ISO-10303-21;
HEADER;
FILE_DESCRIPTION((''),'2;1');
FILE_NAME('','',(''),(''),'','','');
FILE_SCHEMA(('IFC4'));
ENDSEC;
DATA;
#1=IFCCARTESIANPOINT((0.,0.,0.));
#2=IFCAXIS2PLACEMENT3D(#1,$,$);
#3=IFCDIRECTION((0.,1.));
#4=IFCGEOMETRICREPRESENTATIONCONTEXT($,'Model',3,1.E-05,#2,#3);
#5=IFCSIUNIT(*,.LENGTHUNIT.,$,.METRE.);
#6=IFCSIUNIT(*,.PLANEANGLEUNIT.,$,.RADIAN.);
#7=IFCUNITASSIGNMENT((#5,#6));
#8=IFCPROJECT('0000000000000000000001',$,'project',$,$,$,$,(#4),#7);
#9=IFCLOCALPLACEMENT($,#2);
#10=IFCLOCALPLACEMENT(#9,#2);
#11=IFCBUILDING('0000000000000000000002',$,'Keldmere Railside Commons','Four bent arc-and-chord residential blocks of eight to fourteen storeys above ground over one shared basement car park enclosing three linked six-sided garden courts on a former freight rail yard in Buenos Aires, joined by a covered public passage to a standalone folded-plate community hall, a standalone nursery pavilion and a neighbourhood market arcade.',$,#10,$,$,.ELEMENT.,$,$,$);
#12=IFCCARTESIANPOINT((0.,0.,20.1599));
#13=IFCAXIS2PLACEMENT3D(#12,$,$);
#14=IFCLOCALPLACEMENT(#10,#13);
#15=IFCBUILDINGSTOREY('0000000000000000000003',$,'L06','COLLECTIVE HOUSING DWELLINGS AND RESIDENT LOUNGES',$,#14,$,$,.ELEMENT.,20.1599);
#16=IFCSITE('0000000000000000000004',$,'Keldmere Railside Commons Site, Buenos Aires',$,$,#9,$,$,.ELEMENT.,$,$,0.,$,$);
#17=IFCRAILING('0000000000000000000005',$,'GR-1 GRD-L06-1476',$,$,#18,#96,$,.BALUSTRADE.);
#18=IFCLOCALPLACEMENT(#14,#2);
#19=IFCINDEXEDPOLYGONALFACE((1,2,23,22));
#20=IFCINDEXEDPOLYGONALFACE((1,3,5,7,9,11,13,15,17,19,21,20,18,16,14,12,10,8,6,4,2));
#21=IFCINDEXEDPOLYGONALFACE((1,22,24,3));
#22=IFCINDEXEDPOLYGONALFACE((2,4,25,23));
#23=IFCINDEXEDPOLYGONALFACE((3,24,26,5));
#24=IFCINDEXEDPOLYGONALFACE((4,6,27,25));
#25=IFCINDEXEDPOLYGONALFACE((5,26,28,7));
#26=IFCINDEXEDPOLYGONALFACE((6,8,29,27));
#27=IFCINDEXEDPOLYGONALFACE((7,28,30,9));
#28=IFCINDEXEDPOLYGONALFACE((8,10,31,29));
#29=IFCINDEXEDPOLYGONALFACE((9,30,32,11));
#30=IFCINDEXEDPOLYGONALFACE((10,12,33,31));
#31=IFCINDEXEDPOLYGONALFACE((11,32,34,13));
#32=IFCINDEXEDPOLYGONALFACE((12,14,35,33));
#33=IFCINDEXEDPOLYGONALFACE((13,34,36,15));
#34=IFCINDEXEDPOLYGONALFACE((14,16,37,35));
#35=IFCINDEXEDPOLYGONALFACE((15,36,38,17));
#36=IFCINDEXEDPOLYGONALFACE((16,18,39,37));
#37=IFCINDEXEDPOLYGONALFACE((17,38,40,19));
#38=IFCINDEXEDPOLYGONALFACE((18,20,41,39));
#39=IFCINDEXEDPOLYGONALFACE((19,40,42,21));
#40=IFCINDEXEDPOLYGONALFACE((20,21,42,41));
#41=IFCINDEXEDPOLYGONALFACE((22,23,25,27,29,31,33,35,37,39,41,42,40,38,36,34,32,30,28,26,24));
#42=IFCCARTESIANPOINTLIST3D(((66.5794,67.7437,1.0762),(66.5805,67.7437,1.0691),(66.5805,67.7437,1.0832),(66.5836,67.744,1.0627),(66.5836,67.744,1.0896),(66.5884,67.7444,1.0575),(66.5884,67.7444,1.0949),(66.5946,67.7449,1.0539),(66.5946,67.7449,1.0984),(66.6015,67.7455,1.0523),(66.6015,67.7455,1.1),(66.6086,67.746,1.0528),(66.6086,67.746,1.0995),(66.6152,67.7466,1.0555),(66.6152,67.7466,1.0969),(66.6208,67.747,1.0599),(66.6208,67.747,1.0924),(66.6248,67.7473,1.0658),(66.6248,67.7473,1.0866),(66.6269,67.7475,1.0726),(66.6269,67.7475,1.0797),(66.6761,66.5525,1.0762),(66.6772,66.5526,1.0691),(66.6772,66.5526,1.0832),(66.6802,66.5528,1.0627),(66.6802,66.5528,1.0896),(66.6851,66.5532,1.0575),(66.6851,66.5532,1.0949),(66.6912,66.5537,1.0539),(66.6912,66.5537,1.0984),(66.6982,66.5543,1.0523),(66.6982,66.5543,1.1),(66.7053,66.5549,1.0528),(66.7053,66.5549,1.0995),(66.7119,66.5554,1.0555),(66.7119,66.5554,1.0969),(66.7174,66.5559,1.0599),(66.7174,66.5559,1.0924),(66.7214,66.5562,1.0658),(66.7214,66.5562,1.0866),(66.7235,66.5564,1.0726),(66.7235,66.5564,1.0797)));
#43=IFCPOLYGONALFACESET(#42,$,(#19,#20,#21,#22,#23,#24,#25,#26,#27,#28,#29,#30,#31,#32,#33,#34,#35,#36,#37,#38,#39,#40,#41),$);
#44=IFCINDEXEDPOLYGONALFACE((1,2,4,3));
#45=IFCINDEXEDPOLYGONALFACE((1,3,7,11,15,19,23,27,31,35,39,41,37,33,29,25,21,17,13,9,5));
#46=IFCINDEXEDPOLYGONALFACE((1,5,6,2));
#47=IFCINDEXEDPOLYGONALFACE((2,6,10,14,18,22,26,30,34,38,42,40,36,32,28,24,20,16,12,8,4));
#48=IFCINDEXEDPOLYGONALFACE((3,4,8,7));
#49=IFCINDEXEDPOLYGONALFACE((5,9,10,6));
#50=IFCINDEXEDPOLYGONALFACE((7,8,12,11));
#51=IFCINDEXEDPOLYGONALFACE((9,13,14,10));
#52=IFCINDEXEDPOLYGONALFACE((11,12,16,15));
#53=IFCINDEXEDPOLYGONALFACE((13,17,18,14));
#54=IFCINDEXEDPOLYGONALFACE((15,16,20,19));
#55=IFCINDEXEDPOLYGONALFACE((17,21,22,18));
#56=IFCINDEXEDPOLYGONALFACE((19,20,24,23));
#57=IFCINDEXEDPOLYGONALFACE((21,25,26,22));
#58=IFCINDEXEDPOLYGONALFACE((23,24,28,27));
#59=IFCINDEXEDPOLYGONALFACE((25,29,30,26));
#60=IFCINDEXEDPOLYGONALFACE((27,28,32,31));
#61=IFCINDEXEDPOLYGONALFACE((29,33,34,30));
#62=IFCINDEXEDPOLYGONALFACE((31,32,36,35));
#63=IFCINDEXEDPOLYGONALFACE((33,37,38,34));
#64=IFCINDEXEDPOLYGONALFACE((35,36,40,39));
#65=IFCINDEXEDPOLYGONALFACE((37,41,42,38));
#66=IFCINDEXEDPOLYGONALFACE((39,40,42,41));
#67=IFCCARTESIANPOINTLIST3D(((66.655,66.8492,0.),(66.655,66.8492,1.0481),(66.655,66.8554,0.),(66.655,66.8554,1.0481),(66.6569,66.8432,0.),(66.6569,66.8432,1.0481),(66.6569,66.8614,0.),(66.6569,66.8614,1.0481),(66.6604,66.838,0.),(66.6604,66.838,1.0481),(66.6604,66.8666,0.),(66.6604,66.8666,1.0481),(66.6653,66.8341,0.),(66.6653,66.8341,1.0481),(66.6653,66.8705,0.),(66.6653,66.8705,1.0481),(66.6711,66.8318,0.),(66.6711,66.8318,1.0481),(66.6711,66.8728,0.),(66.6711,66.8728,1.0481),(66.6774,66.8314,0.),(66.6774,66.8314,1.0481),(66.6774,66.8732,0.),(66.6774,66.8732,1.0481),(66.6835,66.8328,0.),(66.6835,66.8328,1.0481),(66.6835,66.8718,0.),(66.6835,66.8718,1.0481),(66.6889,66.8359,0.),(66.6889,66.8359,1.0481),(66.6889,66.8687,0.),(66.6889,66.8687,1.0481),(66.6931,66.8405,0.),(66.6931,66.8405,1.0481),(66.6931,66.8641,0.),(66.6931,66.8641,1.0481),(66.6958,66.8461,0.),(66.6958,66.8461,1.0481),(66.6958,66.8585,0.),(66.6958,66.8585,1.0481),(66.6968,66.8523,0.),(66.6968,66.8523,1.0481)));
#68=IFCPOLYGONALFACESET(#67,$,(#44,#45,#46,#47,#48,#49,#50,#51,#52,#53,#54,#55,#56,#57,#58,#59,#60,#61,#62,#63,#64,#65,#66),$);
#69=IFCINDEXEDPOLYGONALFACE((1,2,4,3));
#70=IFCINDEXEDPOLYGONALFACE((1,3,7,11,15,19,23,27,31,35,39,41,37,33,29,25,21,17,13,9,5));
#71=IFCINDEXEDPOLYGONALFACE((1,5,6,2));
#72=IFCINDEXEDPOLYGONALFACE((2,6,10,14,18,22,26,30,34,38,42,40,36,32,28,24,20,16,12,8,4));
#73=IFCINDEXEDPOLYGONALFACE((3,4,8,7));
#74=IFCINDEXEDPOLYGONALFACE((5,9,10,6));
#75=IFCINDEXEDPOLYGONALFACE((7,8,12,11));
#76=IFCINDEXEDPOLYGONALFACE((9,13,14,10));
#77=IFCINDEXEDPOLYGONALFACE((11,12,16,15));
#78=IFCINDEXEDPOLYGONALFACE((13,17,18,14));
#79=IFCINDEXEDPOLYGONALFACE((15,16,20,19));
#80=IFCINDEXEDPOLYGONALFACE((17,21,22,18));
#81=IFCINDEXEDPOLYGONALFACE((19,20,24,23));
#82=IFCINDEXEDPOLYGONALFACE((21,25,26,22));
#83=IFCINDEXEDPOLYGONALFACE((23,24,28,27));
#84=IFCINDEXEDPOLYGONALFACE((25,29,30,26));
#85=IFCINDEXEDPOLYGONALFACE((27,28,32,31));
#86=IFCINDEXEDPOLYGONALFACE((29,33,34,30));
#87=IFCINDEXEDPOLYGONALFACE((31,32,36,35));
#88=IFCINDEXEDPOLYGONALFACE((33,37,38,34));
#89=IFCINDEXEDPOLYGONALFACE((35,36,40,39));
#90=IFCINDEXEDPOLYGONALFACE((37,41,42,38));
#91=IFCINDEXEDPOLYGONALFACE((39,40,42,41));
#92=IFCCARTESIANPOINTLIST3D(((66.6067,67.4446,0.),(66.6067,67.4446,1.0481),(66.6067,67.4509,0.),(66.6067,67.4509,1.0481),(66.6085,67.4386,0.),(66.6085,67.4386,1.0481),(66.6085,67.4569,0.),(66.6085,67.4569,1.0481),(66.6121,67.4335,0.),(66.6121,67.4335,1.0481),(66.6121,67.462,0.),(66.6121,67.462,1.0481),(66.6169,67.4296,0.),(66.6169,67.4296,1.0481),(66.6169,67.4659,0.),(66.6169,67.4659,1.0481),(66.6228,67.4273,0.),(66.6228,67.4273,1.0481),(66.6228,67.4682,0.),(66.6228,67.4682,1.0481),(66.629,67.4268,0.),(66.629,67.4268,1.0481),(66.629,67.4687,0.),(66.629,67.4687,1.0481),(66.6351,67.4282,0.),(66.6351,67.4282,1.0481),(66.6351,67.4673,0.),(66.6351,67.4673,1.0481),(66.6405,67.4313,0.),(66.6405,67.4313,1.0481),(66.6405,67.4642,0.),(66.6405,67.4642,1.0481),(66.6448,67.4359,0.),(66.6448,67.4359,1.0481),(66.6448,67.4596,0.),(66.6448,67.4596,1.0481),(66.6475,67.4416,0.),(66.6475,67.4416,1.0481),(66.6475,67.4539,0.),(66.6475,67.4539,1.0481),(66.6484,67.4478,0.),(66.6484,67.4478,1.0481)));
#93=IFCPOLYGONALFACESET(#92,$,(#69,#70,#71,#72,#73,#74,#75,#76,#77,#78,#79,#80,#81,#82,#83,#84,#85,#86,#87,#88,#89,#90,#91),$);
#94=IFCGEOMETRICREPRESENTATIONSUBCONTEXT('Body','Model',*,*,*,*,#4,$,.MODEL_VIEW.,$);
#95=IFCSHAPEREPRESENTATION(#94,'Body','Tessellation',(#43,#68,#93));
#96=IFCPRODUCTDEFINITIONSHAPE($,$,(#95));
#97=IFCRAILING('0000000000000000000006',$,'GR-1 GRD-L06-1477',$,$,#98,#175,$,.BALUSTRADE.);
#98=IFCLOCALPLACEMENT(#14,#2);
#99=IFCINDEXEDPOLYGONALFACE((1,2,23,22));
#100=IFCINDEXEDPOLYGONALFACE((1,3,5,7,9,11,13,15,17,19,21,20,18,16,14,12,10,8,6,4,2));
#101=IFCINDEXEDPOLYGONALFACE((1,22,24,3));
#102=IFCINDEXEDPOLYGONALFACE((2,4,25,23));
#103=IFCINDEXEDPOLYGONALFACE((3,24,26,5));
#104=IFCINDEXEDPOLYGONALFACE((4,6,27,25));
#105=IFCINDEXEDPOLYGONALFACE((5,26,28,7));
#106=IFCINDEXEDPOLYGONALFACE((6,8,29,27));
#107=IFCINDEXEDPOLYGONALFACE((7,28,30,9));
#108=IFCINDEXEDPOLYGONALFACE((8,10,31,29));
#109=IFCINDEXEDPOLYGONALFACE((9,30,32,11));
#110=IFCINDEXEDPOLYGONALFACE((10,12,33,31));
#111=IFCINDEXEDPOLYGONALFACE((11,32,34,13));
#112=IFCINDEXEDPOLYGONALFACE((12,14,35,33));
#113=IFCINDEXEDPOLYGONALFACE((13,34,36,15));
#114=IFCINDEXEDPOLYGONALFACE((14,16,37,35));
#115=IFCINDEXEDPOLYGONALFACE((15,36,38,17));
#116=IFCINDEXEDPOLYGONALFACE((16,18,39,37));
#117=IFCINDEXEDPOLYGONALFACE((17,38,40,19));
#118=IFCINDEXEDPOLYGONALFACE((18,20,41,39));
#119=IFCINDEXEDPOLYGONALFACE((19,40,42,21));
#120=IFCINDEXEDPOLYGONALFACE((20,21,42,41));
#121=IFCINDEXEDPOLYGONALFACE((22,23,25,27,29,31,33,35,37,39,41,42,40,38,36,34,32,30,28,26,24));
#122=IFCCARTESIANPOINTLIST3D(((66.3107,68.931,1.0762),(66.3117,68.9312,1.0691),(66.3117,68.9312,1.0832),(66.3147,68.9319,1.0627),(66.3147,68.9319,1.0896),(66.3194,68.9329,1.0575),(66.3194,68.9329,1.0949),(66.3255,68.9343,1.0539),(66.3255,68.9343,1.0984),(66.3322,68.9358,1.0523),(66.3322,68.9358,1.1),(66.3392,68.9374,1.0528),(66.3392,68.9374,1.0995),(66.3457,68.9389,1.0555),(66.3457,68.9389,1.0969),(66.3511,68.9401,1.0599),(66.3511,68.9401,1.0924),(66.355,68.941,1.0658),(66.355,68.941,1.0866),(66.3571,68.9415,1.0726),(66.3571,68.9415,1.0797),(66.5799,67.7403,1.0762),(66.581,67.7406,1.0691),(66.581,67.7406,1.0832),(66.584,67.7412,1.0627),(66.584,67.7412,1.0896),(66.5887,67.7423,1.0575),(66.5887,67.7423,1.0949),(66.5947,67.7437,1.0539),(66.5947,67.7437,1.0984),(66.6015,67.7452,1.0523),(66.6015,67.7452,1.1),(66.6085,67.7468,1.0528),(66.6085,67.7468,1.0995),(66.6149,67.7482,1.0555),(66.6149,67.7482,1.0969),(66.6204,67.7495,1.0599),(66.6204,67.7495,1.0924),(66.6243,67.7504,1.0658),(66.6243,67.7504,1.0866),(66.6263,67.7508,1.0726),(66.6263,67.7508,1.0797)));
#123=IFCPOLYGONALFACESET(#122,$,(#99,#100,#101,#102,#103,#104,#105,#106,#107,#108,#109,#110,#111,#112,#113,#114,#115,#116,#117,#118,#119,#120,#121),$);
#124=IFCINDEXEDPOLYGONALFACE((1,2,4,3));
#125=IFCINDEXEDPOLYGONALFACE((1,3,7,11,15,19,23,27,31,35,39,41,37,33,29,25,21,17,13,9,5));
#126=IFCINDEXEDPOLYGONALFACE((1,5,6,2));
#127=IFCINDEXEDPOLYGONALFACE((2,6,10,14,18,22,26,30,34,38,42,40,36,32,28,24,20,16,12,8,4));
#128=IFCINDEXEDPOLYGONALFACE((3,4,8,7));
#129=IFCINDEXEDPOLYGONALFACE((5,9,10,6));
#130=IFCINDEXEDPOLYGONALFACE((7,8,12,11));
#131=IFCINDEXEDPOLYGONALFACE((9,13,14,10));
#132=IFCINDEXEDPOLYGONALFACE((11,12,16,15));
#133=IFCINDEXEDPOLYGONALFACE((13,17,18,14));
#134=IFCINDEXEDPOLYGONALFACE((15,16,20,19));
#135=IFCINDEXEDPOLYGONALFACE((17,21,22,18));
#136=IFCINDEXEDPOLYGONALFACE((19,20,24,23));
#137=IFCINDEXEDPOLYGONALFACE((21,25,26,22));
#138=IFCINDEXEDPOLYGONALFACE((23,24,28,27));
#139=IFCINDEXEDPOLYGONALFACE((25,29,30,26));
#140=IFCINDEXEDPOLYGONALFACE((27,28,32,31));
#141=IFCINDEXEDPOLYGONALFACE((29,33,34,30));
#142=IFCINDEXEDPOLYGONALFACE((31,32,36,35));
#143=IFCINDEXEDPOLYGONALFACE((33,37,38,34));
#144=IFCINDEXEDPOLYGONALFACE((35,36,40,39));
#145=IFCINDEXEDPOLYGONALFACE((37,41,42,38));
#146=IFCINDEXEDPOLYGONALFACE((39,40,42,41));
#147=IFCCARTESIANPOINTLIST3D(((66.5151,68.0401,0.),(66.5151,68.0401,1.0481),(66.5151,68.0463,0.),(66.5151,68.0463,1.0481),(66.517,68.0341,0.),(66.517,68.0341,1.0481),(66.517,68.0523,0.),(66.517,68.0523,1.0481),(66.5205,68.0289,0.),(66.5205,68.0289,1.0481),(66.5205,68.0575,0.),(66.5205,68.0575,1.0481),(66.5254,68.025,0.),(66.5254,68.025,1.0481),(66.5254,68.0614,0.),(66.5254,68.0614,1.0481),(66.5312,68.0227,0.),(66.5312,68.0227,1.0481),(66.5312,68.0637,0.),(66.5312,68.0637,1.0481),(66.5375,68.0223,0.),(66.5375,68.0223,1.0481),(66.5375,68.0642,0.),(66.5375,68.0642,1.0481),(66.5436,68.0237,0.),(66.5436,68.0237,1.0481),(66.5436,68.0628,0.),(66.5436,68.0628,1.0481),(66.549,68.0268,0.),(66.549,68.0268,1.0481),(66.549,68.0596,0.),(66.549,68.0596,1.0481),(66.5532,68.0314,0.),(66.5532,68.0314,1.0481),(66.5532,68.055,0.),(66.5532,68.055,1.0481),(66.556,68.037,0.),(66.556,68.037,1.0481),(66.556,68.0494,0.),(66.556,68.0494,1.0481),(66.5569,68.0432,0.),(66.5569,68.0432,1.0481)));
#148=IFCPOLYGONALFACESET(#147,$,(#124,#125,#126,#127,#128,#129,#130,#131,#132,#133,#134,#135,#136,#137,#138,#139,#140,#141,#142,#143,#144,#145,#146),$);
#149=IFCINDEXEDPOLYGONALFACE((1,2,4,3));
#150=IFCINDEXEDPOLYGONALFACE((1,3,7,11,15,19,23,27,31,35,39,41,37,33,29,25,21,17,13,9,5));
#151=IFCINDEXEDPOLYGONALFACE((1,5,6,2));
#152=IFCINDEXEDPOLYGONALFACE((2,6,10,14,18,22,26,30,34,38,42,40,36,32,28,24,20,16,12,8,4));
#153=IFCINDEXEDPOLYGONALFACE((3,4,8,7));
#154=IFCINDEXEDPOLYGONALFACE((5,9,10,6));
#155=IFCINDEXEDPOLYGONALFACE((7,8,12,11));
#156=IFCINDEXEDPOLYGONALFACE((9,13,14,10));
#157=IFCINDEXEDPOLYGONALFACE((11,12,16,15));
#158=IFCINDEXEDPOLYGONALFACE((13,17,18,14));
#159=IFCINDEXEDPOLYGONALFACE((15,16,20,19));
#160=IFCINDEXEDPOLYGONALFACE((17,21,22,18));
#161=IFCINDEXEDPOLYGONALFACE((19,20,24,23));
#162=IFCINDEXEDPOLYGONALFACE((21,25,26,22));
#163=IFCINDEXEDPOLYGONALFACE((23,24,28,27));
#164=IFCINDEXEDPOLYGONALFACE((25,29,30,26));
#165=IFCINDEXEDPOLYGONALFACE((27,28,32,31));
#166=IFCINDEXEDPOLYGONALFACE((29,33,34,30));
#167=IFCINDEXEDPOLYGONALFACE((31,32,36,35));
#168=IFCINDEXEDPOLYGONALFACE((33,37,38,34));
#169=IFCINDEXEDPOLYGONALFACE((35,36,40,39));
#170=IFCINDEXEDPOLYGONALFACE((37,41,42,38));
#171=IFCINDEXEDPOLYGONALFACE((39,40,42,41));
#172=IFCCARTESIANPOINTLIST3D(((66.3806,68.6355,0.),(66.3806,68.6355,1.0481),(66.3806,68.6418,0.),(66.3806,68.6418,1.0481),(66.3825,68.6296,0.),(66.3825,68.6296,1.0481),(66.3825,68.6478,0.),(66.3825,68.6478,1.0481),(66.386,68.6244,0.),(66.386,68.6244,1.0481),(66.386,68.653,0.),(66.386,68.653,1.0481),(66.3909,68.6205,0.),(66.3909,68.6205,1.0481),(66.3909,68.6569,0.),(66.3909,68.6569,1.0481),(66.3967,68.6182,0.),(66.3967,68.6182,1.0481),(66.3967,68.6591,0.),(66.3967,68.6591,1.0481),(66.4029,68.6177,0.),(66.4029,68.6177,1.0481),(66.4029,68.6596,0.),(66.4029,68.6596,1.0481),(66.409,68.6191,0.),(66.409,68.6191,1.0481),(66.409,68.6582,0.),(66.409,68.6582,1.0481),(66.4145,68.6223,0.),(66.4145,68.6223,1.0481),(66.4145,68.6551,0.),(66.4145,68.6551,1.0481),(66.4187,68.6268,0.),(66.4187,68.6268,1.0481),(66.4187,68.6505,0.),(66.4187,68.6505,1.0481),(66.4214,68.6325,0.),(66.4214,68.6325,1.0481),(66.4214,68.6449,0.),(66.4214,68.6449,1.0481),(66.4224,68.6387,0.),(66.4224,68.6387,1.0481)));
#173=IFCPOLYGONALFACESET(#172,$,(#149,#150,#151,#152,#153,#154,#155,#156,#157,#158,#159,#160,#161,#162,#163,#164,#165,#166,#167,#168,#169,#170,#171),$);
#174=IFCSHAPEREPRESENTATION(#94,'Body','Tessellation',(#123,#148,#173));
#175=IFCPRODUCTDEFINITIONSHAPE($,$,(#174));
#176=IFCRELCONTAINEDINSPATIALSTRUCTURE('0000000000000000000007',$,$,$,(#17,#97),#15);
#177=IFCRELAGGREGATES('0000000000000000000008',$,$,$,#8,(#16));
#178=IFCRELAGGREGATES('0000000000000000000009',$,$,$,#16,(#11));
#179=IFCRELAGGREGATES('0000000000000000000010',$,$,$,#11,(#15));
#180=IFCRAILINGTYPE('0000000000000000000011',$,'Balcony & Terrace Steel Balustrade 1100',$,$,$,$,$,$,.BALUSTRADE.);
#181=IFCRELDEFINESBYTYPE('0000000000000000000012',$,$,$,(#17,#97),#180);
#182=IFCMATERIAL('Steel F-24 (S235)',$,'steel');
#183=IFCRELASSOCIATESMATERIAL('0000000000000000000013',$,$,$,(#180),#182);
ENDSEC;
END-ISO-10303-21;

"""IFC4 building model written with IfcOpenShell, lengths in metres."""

from ifc_helpers import new_model, si_unit, direction, frame, origin, origin_2d, place, context, subcontext, project, spatial, circle, extrude, material, type_object, element, save


model = new_model("IFC4")

# Units and contexts
model_context = context("Model", 3, precision=1e-05, world=origin(), true_north=direction((0.0, 1.0)))
body_context = subcontext(model_context, "Body", "Model", "MODEL_VIEW")
ifc_project = project(units=[si_unit("LENGTHUNIT", "METRE"), si_unit("PLANEANGLEUNIT", "RADIAN")], contexts=[model_context])

# Site, building, storey
site_placement = place(None, origin())
site = spatial("IfcSite", under=ifc_project, at=site_placement, Name="Keldmere Railside Commons Site, Buenos Aires", CompositionType="ELEMENT", RefElevation=0.0)
building_placement = place(site_placement, origin())
building = spatial("IfcBuilding", under=site, at=building_placement, Name="Keldmere Railside Commons", Description="Four bent arc-and-chord residential blocks of eight to fourteen storeys above ground over one shared basement car park enclosing three linked six-sided garden courts on a former freight rail yard in Buenos Aires, joined by a covered public passage to a standalone folded-plate community hall, a standalone nursery pavilion and a neighbourhood market arcade.", CompositionType="ELEMENT")
storey_placement = place(building_placement, frame((0.0, 0.0, 20.1599)))
storey = spatial("IfcBuildingStorey", under=building, at=storey_placement, Name="L06", Description="COLLECTIVE HOUSING DWELLINGS AND RESIDENT LOUNGES", CompositionType="ELEMENT", Elevation=20.1599)

# Railings
ifc_material_1 = material(Name="Steel F-24 (S235)", Category="steel")
railing_type_1 = type_object("IfcRailingType", Name="Balcony & Terrace Steel Balustrade 1100", PredefinedType="BALUSTRADE", material=ifc_material_1)
railing_1_placement = place(storey_placement, frame((66.7, 66.5544, 0.0)))
element("IfcRailing", 1, at=railing_1_placement, inside=storey, type_object=railing_type_1, Name="GR-1 GRD-L06-1476", PredefinedType="BALUSTRADE", context=body_context, shape_type="SweptSolid", body=[
    extrude(circle(Radius=0.0239, at=origin_2d()), frame((0.0, 0.0, 1.0762), z_axis=(-0.080898, 0.996722, 0.0), x_axis=(-0.996722, -0.080898, 0.0)), (0.0, 0.0, 1.0), 1.1951),
    extrude(circle(Radius=0.021, at=origin_2d()), frame((-0.0242, 0.2979, 0.0)), (0.0, 0.0, 1.0), 1.0481),
    extrude(circle(Radius=0.021, at=origin_2d()), frame((-0.0725, 0.8933, 0.0)), (0.0, 0.0, 1.0), 1.0481),
])
railing_2_placement = place(storey_placement, frame((66.6033, 67.7456, 0.0)))
element("IfcRailing", 2, at=railing_2_placement, inside=storey, type_object=railing_type_1, Name="GR-1 GRD-L06-1477", PredefinedType="BALUSTRADE", context=body_context, shape_type="SweptSolid", body=[
    extrude(circle(Radius=0.0239, at=origin_2d()), frame((0.0, 0.0, 1.0762), z_axis=(-0.220592, 0.975366, 0.0), x_axis=(-0.975366, -0.220592, 0.0)), (0.0, 0.0, 1.0), 1.2207),
    extrude(circle(Radius=0.021, at=origin_2d()), frame((-0.0674, 0.2976, 0.0)), (0.0, 0.0, 1.0), 1.0481),
    extrude(circle(Radius=0.021, at=origin_2d()), frame((-0.2019, 0.8931, 0.0)), (0.0, 0.0, 1.0), 1.0481),
])

save(model, "model.ifc")
